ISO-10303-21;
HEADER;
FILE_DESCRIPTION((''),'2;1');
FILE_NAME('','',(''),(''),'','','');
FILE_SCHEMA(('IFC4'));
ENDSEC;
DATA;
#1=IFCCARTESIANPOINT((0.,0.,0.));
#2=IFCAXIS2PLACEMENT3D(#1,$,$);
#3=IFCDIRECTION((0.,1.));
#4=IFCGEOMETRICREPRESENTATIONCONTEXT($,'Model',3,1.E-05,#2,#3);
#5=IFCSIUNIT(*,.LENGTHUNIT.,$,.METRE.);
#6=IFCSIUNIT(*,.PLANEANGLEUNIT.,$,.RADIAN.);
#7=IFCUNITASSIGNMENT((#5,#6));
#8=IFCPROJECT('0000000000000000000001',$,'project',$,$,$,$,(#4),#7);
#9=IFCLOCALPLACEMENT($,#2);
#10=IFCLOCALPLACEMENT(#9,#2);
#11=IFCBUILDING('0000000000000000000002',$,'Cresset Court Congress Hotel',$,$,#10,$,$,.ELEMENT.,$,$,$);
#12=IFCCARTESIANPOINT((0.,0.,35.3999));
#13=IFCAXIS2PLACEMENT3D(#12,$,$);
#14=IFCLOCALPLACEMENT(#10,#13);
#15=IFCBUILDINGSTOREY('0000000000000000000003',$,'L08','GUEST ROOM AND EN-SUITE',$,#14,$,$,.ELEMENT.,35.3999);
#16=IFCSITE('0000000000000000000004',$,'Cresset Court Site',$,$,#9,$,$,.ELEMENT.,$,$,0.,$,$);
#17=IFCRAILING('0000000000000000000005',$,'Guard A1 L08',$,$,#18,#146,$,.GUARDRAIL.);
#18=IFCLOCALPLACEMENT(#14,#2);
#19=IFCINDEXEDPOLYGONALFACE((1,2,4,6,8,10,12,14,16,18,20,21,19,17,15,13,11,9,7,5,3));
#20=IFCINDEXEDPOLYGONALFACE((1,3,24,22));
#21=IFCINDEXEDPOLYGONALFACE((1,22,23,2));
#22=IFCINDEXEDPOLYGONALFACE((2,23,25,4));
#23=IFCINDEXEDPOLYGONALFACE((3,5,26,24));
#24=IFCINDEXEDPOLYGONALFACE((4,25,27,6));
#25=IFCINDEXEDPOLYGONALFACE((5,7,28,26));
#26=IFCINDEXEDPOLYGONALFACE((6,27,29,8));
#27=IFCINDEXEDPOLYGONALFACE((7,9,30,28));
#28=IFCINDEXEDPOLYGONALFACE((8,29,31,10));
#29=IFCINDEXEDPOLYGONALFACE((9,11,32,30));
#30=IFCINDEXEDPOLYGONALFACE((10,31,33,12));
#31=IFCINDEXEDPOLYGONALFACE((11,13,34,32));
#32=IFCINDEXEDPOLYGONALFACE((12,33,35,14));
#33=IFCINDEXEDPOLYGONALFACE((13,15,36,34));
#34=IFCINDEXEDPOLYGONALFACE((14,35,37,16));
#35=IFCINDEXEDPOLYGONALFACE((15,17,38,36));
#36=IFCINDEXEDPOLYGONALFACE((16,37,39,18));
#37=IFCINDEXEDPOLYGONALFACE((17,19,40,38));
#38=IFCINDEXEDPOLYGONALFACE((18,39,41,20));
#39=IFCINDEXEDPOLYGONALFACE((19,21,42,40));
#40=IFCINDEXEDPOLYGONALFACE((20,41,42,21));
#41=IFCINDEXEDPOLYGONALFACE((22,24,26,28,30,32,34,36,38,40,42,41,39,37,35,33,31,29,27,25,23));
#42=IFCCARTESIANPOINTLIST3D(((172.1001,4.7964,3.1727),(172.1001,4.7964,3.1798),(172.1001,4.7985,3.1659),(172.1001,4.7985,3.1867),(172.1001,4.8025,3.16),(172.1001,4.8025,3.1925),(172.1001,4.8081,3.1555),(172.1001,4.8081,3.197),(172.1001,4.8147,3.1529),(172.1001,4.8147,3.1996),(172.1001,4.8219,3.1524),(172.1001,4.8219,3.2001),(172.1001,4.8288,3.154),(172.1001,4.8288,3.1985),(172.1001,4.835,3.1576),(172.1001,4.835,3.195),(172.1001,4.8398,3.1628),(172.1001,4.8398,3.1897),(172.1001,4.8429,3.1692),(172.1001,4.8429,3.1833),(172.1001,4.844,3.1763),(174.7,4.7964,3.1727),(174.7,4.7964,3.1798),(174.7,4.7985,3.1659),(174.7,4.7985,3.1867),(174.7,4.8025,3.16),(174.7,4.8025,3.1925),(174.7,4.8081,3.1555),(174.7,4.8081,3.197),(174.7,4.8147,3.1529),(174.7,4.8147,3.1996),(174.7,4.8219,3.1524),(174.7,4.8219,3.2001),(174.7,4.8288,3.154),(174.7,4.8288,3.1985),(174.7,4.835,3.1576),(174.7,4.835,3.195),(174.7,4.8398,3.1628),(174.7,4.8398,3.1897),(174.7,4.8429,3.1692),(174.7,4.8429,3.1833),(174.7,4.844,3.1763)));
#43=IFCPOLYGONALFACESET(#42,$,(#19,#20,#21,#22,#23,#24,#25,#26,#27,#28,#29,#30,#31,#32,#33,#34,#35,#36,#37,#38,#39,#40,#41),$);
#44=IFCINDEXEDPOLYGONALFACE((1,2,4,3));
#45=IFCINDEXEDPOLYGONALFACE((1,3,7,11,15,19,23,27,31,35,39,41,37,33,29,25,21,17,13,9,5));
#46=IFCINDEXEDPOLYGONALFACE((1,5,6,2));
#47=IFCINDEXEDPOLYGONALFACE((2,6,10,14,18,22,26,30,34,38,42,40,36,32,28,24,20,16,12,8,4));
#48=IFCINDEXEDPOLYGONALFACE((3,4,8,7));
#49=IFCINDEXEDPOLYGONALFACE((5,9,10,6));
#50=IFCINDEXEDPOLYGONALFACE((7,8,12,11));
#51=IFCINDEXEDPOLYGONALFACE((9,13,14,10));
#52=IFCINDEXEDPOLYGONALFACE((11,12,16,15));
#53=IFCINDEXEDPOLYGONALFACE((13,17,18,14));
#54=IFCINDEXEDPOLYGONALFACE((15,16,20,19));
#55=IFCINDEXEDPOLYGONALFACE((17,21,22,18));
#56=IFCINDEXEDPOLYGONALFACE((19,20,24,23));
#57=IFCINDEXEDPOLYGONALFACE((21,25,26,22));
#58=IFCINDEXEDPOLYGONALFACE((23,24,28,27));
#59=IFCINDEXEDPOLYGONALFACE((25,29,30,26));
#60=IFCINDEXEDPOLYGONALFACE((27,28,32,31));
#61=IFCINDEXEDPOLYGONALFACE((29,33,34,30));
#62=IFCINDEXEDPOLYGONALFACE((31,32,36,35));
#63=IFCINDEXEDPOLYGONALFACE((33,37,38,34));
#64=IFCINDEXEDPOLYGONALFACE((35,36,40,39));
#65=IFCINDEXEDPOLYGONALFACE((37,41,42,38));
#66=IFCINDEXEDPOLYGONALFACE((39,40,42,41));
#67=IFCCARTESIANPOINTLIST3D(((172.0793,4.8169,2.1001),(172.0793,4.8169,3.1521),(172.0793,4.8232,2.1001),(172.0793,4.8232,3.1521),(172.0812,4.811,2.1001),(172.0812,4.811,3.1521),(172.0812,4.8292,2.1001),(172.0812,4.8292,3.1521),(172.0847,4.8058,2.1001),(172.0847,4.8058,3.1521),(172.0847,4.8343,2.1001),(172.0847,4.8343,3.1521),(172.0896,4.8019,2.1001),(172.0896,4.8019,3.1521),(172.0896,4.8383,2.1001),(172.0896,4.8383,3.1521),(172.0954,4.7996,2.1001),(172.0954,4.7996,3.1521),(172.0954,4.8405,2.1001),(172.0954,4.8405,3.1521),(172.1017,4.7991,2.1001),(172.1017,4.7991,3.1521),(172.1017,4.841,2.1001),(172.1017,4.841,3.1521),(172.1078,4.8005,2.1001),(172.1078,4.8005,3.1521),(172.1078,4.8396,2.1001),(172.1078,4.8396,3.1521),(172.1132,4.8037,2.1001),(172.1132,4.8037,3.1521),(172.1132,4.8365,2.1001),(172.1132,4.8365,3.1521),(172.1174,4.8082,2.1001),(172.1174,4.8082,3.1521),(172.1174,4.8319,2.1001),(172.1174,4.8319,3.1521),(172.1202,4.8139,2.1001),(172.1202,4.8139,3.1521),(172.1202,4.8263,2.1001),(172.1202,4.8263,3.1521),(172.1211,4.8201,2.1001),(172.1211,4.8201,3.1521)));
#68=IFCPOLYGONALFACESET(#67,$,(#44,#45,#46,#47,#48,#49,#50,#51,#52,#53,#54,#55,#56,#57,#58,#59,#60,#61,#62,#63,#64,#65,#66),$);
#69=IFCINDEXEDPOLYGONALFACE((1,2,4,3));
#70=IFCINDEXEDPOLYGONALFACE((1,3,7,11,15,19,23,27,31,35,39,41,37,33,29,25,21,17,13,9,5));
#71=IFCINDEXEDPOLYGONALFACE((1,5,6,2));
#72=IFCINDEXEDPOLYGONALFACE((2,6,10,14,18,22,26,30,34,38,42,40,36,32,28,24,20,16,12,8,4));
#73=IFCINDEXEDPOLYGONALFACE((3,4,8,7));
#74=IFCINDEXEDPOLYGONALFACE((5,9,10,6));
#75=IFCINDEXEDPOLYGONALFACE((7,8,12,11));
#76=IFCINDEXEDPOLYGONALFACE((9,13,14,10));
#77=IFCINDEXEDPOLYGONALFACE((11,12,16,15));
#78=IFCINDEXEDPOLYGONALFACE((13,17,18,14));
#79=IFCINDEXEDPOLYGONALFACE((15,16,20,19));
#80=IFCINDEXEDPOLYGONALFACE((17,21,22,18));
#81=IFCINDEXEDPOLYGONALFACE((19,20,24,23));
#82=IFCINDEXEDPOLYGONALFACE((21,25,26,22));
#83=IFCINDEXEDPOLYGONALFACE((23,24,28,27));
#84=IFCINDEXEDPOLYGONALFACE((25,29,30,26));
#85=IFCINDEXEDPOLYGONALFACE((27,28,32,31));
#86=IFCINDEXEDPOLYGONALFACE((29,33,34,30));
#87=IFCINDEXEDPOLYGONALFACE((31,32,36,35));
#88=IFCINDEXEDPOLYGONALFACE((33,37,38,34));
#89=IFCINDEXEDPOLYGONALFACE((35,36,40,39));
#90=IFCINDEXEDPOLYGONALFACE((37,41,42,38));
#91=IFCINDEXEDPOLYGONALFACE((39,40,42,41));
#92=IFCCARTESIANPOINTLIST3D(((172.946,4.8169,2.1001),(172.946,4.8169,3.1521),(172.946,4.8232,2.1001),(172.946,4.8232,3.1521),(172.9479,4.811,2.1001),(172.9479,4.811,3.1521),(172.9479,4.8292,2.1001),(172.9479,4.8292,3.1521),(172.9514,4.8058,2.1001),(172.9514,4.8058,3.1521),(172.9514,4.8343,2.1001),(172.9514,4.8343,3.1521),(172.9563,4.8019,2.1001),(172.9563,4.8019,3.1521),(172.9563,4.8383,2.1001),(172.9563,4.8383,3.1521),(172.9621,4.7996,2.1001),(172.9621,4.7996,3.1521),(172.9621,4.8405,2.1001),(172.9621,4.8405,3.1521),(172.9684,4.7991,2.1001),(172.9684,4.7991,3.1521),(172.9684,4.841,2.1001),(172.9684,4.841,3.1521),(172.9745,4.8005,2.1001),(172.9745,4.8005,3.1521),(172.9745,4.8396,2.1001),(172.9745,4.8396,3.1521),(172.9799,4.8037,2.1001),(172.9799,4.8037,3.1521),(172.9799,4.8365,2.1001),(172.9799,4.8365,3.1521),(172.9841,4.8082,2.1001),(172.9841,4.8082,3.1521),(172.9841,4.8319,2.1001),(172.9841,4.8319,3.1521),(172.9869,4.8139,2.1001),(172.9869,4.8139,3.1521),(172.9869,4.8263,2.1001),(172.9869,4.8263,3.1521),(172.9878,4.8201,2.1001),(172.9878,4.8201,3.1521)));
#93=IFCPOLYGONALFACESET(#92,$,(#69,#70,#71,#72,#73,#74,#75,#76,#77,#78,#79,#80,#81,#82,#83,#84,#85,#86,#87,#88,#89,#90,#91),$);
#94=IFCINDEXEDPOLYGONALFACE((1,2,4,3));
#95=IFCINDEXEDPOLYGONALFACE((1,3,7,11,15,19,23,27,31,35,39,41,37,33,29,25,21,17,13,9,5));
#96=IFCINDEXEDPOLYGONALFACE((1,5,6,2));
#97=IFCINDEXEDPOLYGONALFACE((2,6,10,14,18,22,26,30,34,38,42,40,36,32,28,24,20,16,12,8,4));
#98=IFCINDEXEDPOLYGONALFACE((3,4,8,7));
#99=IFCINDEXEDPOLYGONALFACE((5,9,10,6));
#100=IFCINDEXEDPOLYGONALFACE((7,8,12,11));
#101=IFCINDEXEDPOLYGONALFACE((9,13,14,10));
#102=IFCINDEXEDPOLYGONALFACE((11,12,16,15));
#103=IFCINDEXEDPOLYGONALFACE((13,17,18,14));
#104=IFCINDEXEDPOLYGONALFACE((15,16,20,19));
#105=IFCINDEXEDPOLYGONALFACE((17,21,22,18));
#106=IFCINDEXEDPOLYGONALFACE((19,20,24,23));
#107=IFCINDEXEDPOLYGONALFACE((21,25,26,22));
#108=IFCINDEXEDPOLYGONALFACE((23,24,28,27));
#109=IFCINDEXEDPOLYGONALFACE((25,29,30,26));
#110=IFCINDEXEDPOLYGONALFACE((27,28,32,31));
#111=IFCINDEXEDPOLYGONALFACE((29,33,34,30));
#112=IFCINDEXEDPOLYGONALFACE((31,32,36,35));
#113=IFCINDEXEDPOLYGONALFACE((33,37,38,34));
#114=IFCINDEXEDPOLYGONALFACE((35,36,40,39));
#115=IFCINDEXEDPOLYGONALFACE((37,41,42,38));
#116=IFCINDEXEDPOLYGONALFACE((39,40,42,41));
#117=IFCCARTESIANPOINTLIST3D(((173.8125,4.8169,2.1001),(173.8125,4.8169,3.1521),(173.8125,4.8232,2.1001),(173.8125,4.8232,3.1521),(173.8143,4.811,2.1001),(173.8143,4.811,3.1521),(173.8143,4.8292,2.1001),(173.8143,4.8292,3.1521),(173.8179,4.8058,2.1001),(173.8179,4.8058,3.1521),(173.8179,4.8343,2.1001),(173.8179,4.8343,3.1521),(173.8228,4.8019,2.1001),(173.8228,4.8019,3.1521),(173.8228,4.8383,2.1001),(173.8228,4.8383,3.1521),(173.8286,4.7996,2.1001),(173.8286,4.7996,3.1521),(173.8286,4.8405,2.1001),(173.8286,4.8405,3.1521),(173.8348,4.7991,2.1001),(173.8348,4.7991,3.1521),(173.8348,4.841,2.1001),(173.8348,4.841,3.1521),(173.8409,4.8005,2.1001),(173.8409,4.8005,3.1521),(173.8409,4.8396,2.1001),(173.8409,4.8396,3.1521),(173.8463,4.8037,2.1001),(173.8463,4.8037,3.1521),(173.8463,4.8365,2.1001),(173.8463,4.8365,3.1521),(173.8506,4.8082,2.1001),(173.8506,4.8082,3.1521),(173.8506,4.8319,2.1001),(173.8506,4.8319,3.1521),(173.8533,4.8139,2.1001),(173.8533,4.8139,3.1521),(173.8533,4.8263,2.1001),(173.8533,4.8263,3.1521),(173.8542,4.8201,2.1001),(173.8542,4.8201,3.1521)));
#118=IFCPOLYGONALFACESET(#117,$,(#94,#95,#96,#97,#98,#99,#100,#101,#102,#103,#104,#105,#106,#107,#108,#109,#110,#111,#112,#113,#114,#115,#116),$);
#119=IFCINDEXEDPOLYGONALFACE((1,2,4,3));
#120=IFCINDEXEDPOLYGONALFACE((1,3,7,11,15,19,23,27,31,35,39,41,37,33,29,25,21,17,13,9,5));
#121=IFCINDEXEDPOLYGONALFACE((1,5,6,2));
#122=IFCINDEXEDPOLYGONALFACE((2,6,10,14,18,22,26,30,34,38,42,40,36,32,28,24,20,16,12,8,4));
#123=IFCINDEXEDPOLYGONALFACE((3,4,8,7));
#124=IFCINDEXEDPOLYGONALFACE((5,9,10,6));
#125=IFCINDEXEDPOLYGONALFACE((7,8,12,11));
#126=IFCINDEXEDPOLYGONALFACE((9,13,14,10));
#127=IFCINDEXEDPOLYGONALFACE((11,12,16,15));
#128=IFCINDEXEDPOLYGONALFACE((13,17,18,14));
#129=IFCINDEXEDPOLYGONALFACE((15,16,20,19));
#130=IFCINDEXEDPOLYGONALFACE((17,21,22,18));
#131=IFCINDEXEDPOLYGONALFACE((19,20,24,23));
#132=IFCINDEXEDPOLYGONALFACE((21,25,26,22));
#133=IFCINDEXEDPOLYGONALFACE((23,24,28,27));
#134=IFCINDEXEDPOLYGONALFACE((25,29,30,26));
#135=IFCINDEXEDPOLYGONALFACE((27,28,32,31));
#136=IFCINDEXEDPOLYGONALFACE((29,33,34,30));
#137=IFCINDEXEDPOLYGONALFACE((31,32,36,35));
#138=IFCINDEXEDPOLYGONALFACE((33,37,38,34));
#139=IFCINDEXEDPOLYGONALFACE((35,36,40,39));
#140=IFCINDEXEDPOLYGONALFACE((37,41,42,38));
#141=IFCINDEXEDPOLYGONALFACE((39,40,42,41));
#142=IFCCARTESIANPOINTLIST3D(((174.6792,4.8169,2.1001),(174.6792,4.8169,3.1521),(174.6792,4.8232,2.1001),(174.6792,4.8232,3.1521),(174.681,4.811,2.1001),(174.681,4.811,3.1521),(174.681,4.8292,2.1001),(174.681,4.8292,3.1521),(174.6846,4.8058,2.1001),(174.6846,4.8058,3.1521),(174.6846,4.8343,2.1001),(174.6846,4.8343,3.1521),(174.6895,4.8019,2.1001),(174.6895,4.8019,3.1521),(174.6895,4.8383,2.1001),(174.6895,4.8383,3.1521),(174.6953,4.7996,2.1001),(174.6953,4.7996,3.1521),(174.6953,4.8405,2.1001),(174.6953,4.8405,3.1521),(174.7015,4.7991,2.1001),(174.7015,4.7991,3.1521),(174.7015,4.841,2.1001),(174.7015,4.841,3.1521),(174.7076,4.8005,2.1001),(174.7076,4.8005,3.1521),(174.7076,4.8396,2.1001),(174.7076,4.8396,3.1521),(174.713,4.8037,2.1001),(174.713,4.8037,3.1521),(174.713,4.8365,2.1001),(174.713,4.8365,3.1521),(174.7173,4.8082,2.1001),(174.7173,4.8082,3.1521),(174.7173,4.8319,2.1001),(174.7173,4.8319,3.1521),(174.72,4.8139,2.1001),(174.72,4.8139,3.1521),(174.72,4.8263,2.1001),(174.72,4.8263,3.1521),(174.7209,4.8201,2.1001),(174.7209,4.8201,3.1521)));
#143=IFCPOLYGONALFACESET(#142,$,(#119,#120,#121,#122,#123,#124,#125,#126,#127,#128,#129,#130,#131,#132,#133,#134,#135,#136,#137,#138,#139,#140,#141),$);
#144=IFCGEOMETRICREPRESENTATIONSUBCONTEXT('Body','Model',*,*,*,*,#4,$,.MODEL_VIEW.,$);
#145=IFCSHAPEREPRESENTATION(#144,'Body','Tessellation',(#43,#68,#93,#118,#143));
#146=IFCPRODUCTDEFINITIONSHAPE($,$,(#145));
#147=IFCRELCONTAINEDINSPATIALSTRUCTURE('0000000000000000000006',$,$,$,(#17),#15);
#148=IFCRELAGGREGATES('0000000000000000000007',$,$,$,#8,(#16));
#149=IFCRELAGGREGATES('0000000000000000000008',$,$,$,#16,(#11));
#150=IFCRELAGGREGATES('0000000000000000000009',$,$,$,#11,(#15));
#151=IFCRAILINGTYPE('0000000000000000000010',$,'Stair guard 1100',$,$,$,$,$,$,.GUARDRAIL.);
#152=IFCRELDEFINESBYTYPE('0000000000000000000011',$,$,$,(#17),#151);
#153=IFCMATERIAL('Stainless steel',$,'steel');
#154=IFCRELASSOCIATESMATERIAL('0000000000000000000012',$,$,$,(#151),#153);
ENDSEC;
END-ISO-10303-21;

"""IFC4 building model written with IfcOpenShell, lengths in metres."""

from ifc_helpers import new_model, si_unit, direction, frame, origin, origin_2d, place, context, subcontext, project, spatial, circle, extrude, material, type_object, element, save


model = new_model("IFC4")

# Units and contexts
model_context = context("Model", 3, precision=1e-05, world=origin(), true_north=direction((0.0, 1.0)))
body_context = subcontext(model_context, "Body", "Model", "MODEL_VIEW")
ifc_project = project(units=[si_unit("LENGTHUNIT", "METRE"), si_unit("PLANEANGLEUNIT", "RADIAN")], contexts=[model_context])

# Site, building, storey
site_placement = place(None, origin())
site = spatial("IfcSite", under=ifc_project, at=site_placement, Name="Cresset Court Site", CompositionType="ELEMENT", RefElevation=0.0)
building_placement = place(site_placement, origin())
building = spatial("IfcBuilding", under=site, at=building_placement, Name="Cresset Court Congress Hotel", CompositionType="ELEMENT")
storey_placement = place(building_placement, frame((0.0, 0.0, 35.3999)))
storey = spatial("IfcBuildingStorey", under=building, at=storey_placement, Name="L08", Description="GUEST ROOM AND EN-SUITE", CompositionType="ELEMENT", Elevation=35.3999)

# Railing
ifc_material_1 = material(Name="Stainless steel", Category="steel")
railing_type_1 = type_object("IfcRailingType", Name="Stair guard 1100", PredefinedType="GUARDRAIL", material=ifc_material_1)
railing_1_placement = place(storey_placement, frame((172.1001, 4.8201, 2.1001)))
element("IfcRailing", 1, at=railing_1_placement, inside=storey, type_object=railing_type_1, Name="Guard A1 L08", PredefinedType="GUARDRAIL", context=body_context, shape_type="SweptSolid", body=[
    extrude(circle(Radius=0.0239, at=origin_2d()), frame((0.0, 0.0, 1.0762), z_axis=(1.0, 0.0, 0.0), x_axis=(0.0, 1.0, 0.0)), (0.0, 0.0, 1.0), 2.5999),
    extrude(circle(Radius=0.021, at=origin_2d()), origin(), (0.0, 0.0, 1.0), 1.052),
    extrude(circle(Radius=0.021, at=origin_2d()), frame((0.8667, 0.0, 0.0)), (0.0, 0.0, 1.0), 1.052),
    extrude(circle(Radius=0.021, at=origin_2d()), frame((1.7332, 0.0, 0.0)), (0.0, 0.0, 1.0), 1.052),
    extrude(circle(Radius=0.021, at=origin_2d()), frame((2.5999, 0.0, 0.0)), (0.0, 0.0, 1.0), 1.052),
])

save(model, "model.ifc")
